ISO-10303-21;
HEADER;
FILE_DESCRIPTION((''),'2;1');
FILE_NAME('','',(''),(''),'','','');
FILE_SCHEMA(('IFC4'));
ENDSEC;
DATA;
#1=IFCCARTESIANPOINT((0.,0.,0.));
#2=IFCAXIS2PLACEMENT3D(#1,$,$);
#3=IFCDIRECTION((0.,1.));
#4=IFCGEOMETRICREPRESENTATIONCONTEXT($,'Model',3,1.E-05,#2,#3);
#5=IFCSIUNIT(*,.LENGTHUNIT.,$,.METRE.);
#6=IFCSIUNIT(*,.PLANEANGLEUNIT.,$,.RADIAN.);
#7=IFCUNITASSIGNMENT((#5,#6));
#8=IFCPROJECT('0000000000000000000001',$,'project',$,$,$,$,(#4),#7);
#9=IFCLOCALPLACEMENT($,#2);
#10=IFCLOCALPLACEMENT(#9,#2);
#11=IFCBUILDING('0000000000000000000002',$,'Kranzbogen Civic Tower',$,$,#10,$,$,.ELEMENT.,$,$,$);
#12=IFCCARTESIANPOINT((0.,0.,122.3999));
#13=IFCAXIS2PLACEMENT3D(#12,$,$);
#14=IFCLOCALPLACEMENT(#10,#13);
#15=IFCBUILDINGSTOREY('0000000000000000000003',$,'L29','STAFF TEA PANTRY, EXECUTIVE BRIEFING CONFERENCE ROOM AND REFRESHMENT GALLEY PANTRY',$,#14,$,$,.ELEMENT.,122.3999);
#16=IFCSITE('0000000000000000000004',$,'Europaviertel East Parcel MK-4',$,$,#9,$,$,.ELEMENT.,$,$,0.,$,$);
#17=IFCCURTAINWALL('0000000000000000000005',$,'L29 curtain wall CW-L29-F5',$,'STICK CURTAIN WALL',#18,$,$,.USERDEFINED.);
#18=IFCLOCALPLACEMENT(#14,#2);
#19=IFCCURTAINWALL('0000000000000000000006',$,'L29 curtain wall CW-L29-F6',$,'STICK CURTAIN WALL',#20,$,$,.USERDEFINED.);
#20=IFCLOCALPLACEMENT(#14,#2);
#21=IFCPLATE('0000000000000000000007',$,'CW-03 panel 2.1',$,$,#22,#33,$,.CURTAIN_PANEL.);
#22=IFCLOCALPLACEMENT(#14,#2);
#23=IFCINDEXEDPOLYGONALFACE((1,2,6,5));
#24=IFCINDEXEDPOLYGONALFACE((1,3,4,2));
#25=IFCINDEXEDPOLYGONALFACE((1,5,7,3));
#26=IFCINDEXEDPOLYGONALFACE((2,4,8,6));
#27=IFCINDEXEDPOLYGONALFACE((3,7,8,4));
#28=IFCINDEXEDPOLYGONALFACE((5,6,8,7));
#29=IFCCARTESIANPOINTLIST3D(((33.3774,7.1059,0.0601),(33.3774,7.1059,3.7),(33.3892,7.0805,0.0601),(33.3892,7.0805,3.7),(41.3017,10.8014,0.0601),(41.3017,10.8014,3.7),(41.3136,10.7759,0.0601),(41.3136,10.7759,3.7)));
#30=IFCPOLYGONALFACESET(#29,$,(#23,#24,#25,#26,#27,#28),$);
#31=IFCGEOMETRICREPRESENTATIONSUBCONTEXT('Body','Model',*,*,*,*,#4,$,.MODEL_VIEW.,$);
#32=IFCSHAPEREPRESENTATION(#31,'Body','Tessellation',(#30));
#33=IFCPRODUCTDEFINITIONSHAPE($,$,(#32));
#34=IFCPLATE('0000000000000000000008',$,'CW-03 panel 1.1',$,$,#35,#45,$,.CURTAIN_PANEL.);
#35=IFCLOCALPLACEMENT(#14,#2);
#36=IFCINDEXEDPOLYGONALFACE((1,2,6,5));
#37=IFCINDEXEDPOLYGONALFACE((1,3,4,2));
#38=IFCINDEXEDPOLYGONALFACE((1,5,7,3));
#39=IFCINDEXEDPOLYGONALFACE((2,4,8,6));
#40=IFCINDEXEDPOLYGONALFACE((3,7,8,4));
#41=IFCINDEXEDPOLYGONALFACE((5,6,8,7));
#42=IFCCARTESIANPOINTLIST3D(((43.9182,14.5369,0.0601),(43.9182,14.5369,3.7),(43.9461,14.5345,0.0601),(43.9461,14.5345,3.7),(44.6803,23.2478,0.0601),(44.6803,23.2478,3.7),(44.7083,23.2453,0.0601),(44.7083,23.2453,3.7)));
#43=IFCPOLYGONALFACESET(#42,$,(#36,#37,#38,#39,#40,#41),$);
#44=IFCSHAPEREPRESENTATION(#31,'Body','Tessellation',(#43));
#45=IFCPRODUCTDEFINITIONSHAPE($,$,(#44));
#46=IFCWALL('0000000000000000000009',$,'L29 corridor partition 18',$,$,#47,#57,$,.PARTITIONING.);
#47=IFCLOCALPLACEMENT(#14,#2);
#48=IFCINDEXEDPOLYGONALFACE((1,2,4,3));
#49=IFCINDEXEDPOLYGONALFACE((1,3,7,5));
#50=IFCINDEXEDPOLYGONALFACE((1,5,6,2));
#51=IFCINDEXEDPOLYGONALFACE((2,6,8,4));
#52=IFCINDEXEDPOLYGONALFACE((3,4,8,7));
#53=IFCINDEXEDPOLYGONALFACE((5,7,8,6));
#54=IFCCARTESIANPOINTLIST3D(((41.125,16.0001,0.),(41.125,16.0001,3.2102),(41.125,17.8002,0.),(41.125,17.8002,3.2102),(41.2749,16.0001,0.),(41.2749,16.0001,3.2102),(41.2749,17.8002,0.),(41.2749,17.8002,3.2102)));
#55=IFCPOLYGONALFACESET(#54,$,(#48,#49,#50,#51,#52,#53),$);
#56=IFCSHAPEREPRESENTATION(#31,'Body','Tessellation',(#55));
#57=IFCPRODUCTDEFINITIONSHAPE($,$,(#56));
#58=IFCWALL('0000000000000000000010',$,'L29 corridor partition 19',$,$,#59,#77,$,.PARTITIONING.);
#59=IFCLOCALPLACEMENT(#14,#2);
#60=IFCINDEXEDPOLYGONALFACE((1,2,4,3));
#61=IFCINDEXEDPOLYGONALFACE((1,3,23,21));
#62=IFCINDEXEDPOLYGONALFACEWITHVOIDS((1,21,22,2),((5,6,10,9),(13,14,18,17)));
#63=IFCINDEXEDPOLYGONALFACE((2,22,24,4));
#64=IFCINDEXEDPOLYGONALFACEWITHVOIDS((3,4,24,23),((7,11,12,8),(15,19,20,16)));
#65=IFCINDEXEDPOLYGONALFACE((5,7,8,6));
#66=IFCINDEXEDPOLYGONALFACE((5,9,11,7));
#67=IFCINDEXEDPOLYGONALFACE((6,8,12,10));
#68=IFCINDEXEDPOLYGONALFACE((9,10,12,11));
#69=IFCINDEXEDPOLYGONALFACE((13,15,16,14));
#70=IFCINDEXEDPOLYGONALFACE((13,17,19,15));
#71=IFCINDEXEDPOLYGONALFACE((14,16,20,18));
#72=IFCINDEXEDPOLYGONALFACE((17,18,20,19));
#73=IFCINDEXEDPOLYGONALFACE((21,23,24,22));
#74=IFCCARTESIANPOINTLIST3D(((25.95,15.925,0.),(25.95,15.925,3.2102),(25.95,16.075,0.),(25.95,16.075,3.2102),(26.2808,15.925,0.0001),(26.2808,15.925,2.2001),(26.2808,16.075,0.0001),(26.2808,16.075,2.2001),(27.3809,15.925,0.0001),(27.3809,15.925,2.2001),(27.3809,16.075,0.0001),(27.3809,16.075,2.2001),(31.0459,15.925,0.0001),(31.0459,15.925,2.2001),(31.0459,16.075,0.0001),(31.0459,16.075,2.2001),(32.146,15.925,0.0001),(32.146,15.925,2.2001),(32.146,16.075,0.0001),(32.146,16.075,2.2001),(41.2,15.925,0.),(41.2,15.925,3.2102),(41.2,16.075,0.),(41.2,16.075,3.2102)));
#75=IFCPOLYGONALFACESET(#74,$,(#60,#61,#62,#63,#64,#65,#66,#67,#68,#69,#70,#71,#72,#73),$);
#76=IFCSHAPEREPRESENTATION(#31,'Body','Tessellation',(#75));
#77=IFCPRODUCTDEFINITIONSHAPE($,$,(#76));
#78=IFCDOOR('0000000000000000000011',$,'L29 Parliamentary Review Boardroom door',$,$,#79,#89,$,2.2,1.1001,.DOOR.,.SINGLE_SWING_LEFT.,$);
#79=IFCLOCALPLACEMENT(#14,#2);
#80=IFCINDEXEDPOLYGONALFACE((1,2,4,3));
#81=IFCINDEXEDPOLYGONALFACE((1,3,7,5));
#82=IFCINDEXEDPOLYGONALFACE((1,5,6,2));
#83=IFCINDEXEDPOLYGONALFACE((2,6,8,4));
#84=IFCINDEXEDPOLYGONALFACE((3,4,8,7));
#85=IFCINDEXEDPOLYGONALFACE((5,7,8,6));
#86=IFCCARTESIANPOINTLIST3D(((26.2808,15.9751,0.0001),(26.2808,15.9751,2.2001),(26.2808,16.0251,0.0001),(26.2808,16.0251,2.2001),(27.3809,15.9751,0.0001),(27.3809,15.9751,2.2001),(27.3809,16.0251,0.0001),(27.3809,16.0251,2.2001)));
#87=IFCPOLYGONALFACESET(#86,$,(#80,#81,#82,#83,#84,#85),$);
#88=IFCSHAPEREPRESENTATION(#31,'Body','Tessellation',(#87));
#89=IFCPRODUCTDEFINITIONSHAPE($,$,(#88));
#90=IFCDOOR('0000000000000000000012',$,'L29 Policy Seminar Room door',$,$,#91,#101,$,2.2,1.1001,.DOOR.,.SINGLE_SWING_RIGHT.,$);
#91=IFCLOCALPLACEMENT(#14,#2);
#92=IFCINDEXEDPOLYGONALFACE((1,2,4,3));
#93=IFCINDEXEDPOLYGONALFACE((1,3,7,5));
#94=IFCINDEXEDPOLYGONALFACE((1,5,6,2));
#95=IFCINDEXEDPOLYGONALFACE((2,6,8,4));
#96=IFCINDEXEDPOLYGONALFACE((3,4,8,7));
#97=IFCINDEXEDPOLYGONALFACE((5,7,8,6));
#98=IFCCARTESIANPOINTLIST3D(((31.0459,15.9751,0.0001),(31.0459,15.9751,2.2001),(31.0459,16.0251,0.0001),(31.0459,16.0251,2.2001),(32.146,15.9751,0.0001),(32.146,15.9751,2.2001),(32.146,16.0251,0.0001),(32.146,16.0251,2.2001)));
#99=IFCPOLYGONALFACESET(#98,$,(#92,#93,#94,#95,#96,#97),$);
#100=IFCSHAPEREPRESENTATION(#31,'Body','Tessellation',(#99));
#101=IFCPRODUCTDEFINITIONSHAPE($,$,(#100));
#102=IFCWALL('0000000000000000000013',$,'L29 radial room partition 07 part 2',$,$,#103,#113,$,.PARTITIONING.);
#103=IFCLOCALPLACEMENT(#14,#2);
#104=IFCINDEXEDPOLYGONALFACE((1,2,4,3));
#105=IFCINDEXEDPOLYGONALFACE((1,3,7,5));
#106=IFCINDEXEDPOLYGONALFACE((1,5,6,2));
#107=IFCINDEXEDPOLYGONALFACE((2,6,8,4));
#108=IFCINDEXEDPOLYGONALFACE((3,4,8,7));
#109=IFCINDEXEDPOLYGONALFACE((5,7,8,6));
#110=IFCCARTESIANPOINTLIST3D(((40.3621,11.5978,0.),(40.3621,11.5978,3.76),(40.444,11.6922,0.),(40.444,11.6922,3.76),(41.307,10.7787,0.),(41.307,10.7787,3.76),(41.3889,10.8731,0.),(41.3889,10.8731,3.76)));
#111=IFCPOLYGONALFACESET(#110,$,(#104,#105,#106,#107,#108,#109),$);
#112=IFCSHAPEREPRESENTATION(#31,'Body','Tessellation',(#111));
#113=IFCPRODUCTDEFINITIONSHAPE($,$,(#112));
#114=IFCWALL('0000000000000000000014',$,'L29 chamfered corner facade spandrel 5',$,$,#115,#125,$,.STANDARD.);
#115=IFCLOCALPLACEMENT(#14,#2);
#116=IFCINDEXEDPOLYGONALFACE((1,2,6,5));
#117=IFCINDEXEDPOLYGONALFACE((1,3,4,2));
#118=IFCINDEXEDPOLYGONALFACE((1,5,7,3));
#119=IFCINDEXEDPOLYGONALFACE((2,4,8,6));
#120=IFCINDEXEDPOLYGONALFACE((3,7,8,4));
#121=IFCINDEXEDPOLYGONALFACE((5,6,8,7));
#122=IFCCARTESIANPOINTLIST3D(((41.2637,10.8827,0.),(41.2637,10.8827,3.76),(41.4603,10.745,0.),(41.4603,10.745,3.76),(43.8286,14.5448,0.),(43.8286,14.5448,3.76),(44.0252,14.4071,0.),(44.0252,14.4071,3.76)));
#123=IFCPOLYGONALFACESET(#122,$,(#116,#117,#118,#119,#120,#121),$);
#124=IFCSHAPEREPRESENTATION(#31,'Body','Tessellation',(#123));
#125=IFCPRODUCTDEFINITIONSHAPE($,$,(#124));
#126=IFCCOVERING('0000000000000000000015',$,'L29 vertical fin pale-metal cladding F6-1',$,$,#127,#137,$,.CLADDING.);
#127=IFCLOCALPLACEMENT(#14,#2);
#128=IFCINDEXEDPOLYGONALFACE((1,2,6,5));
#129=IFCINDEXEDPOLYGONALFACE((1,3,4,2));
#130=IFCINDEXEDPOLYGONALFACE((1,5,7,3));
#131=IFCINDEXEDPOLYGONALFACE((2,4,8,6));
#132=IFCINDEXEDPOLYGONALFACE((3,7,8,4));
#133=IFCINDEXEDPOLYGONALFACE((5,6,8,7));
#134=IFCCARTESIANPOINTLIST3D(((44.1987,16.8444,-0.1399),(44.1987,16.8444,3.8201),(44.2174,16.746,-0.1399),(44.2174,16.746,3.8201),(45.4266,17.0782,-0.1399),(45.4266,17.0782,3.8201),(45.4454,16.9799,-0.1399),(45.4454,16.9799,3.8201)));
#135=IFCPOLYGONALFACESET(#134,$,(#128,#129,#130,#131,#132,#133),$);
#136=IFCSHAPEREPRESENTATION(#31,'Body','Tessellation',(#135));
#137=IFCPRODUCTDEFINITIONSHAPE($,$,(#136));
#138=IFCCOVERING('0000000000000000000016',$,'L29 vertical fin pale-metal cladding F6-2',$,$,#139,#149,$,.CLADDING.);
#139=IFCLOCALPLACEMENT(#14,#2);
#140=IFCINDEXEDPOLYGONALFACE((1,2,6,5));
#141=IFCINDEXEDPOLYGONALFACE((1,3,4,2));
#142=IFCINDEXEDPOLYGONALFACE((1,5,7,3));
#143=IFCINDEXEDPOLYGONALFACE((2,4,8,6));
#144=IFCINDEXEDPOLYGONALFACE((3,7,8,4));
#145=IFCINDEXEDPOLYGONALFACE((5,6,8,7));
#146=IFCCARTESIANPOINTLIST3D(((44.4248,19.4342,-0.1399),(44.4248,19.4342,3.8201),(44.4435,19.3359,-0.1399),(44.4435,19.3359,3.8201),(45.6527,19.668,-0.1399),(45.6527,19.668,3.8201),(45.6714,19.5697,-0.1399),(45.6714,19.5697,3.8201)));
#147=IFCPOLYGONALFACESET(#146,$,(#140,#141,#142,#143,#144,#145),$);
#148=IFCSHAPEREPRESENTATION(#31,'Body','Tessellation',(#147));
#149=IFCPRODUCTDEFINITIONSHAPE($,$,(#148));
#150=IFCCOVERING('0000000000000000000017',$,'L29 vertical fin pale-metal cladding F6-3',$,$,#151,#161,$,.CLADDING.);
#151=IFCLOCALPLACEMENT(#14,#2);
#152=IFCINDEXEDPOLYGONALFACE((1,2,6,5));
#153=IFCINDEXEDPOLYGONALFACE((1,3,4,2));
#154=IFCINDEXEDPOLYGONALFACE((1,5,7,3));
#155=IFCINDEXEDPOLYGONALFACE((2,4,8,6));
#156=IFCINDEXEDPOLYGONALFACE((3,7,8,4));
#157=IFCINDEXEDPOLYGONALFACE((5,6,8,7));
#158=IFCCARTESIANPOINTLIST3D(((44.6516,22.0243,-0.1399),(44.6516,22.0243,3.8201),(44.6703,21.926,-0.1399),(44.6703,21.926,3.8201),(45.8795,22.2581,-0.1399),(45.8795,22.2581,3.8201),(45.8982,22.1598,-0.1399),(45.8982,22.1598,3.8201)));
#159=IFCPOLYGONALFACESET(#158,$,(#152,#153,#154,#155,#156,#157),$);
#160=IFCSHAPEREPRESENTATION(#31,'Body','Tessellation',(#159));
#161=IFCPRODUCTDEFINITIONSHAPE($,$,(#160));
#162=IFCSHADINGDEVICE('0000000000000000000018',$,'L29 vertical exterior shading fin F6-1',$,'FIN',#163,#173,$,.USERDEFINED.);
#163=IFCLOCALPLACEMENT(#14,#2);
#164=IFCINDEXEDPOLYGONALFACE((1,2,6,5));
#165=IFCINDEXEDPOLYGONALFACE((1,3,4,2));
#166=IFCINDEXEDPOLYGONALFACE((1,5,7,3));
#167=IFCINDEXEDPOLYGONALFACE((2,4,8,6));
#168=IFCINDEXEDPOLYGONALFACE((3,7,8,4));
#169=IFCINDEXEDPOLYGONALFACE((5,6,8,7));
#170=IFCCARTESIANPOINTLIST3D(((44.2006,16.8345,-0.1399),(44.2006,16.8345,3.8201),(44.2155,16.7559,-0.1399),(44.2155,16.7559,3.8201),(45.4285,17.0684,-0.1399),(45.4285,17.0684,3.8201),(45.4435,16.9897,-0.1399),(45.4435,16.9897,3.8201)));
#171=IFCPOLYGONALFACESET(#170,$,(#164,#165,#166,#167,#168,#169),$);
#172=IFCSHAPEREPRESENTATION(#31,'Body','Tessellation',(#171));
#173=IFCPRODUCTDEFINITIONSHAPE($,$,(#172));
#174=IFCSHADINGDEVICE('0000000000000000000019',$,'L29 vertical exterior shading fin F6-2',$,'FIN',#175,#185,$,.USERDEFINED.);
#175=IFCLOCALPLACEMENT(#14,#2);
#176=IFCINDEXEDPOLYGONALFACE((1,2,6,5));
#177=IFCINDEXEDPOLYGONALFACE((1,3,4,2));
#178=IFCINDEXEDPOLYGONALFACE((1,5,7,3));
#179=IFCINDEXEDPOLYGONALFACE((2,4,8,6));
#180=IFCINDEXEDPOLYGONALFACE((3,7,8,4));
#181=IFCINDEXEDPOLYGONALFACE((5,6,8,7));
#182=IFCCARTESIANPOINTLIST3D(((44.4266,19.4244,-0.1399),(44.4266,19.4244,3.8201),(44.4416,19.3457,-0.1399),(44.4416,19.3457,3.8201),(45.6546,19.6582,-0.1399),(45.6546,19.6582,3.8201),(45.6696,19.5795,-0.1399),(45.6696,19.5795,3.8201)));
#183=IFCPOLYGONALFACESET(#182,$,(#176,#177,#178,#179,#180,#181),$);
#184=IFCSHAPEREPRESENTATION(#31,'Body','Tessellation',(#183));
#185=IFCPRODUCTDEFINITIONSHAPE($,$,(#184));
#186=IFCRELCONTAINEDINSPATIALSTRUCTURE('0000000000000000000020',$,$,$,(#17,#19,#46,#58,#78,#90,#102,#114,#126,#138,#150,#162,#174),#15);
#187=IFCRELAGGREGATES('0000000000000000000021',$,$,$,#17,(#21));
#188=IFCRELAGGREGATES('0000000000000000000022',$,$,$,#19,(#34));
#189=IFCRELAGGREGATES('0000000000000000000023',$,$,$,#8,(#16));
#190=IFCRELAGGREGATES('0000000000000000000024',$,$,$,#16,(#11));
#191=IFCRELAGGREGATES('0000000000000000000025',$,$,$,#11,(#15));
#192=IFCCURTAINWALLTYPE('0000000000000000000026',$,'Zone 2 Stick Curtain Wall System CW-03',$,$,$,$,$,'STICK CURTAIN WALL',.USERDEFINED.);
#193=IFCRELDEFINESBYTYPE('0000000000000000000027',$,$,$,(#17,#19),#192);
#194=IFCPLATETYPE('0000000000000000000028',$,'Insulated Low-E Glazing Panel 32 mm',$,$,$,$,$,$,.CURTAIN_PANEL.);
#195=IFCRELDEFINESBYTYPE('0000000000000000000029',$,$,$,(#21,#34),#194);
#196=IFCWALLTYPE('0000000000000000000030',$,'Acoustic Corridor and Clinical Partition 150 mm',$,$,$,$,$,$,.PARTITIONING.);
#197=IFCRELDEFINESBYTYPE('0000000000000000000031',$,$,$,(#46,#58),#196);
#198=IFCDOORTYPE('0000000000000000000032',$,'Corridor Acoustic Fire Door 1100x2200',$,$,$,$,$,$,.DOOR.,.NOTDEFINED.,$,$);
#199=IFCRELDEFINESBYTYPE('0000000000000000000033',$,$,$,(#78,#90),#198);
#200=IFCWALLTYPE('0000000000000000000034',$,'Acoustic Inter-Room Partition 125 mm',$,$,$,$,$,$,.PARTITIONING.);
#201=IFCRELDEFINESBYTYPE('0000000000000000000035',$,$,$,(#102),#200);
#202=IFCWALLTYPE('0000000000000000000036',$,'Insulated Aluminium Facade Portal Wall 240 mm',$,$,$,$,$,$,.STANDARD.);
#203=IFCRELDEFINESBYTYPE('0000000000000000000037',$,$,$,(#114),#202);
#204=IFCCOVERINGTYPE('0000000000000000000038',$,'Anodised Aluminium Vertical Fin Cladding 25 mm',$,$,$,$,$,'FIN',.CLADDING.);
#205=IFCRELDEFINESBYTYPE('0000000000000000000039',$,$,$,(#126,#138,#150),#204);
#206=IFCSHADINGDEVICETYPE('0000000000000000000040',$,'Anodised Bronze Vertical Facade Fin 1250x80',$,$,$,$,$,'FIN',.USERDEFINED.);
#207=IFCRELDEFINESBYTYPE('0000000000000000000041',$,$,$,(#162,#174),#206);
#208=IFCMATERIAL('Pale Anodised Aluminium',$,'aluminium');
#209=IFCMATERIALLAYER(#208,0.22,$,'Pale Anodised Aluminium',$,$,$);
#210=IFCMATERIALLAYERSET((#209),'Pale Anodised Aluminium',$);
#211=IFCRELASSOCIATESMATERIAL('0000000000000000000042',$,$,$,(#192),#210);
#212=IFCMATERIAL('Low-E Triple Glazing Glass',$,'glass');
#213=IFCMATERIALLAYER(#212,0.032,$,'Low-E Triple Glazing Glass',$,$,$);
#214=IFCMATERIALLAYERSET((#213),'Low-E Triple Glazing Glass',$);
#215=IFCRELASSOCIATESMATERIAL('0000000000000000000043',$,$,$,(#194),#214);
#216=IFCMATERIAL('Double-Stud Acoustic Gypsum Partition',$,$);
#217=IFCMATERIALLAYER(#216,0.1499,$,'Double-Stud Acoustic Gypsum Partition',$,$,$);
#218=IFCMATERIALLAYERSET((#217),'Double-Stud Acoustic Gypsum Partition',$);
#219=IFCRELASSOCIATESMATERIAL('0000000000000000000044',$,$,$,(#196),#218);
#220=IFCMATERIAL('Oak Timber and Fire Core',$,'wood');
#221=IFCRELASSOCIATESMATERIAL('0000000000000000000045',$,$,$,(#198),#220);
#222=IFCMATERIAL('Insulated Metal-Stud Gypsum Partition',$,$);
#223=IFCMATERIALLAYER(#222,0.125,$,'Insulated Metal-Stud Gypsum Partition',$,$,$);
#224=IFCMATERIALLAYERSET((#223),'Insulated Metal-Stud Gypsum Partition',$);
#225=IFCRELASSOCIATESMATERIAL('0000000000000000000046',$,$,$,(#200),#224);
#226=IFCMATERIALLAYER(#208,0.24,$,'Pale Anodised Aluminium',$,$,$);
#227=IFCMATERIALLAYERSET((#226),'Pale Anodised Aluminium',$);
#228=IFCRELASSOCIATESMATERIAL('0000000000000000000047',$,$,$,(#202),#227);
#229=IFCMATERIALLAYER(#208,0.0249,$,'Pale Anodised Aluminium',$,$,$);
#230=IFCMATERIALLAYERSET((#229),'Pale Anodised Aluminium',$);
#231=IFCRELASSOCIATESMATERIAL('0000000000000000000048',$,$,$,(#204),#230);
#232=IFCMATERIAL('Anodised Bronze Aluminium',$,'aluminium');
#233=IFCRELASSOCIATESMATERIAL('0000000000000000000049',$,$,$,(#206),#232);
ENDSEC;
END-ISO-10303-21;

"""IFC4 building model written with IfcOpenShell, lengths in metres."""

from ifc_helpers import new_model, si_unit, direction, frame, frame_2d, origin, origin_2d, place, context, subcontext, project, spatial, rectangle, extrude, material, layer, layer_set, type_object, element, fill, aggregate, save


model = new_model("IFC4")

# Units and contexts
model_context = context("Model", 3, precision=1e-05, world=origin(), true_north=direction((0.0, 1.0)))
body_context = subcontext(model_context, "Body", "Model", "MODEL_VIEW")
ifc_project = project(units=[si_unit("LENGTHUNIT", "METRE"), si_unit("PLANEANGLEUNIT", "RADIAN")], contexts=[model_context])

# Site, building, storey
site_placement = place(None, origin())
site = spatial("IfcSite", under=ifc_project, at=site_placement, Name="Europaviertel East Parcel MK-4", CompositionType="ELEMENT", RefElevation=0.0)
building_placement = place(site_placement, origin())
building = spatial("IfcBuilding", under=site, at=building_placement, Name="Kranzbogen Civic Tower", CompositionType="ELEMENT")
storey_placement = place(building_placement, frame((0.0, 0.0, 122.3999)))
storey = spatial("IfcBuildingStorey", under=building, at=storey_placement, Name="L29", Description="STAFF TEA PANTRY, EXECUTIVE BRIEFING CONFERENCE ROOM AND REFRESHMENT GALLEY PANTRY", CompositionType="ELEMENT", Elevation=122.3999)

# Curtain wall
ifc_material_1 = material(Name="Pale Anodised Aluminium", Category="aluminium")
ifc_layer_1 = layer(ifc_material_1, 0.22, Name="Pale Anodised Aluminium")
ifc_layer_set_1 = layer_set([ifc_layer_1], Name="Pale Anodised Aluminium")
curtain_wall_type = type_object("IfcCurtainWallType", Name="Zone 2 Stick Curtain Wall System CW-03", ElementType="STICK CURTAIN WALL", PredefinedType="USERDEFINED", material=ifc_layer_set_1)
curtain_wall_1_placement = place(storey_placement, origin())
curtain_wall_1 = element("IfcCurtainWall", 1, at=curtain_wall_1_placement, inside=storey, type_object=curtain_wall_type, Name="L29 curtain wall CW-L29-F5", ObjectType="STICK CURTAIN WALL", PredefinedType="USERDEFINED")

# Curtain wall
curtain_wall_2_placement = place(storey_placement, origin())
curtain_wall_2 = element("IfcCurtainWall", 2, at=curtain_wall_2_placement, inside=storey, type_object=curtain_wall_type, Name="L29 curtain wall CW-L29-F6", ObjectType="STICK CURTAIN WALL", PredefinedType="USERDEFINED")

# Plates
ifc_material_2 = material(Name="Low-E Triple Glazing Glass", Category="glass")
ifc_layer_2 = layer(ifc_material_2, 0.032, Name="Low-E Triple Glazing Glass")
ifc_layer_set_2 = layer_set([ifc_layer_2], Name="Low-E Triple Glazing Glass")
plate_type = type_object("IfcPlateType", Name="Insulated Low-E Glazing Panel 32 mm", PredefinedType="CURTAIN_PANEL", material=ifc_layer_set_2)
plate_1_placement = place(storey_placement, frame((37.3455, 8.9409, 0.0601), z_axis=(0.0, 0.0, 1.0), x_axis=(0.906297, 0.422641, 0.0)))
plate_1 = element("IfcPlate", 3, at=plate_1_placement, type_object=plate_type, Name="CW-03 panel 2.1", PredefinedType="CURTAIN_PANEL", context=body_context, shape_type="SweptSolid", body=[
    extrude(rectangle(XDim=8.7437, YDim=0.0281, at=origin_2d()), origin(), (0.0, 0.0, 1.0), 3.6399),
])
aggregate(curtain_wall_1, [plate_1])
plate_2_placement = place(storey_placement, frame((44.3132, 18.8911, 0.0601), z_axis=(0.0, 0.0, 1.0), x_axis=(0.087162, 0.996194, 0.0)))
plate_2 = element("IfcPlate", 4, at=plate_2_placement, type_object=plate_type, Name="CW-03 panel 1.1", PredefinedType="CURTAIN_PANEL", context=body_context, shape_type="SweptSolid", body=[
    extrude(rectangle(XDim=8.7441, YDim=0.0281, at=origin_2d()), origin(), (0.0, 0.0, 1.0), 3.6399),
])
aggregate(curtain_wall_2, [plate_2])

# Wall
ifc_material_3 = material(Name="Double-Stud Acoustic Gypsum Partition")
ifc_layer_3 = layer(ifc_material_3, 0.1499, Name="Double-Stud Acoustic Gypsum Partition")
ifc_layer_set_3 = layer_set([ifc_layer_3], Name="Double-Stud Acoustic Gypsum Partition")
wall_type_1 = type_object("IfcWallType", Name="Acoustic Corridor and Clinical Partition 150 mm", PredefinedType="PARTITIONING", material=ifc_layer_set_3)
wall_1_placement = place(storey_placement, frame((41.2, 17.8, 0.0), z_axis=(0.0, 0.0, 1.0), x_axis=(0.0, -1.0, 0.0)))
element("IfcWall", 5, at=wall_1_placement, inside=storey, type_object=wall_type_1, Name="L29 corridor partition 18", PredefinedType="PARTITIONING", context=body_context, shape_type="SweptSolid", body=[
    extrude(rectangle(XDim=1.8, YDim=0.1499, at=frame_2d((0.8999, 0.0))), origin(), (0.0, 0.0, 1.0), 3.2102),
])

# Wall, openings, doors
wall_2_placement = place(storey_placement, frame((41.2, 16.0, 0.0), z_axis=(0.0, 0.0, 1.0), x_axis=(-1.0, 0.0, 0.0)))
wall_2 = element("IfcWall", 6, at=wall_2_placement, inside=storey, type_object=wall_type_1, Name="L29 corridor partition 19", PredefinedType="PARTITIONING", context=body_context, shape_type="SweptSolid", body=[
    extrude(rectangle(XDim=15.25, YDim=0.1499, at=frame_2d((7.625, 0.0))), origin(), (0.0, 0.0, 1.0), 3.2102),
])
opening_1_placement = place(wall_2_placement, frame((13.8191, 0.0, 0.0)))
opening_1 = element("IfcOpeningElement", 7, at=opening_1_placement, cuts=wall_2, PredefinedType="OPENING", context=body_context, shape_type="SweptSolid", body=[
    extrude(rectangle(XDim=1.1001, YDim=2.2, at=frame_2d((0.55, 1.1001))), frame((0.0, 0.085, 0.0), z_axis=(0.0, -1.0, 0.0), x_axis=(1.0, 0.0, 0.0)), (0.0, 0.0, 1.0), 0.1699),
])
opening_2_placement = place(wall_2_placement, frame((9.054, 0.0, 0.0)))
opening_2 = element("IfcOpeningElement", 8, at=opening_2_placement, cuts=wall_2, PredefinedType="OPENING", context=body_context, shape_type="SweptSolid", body=[
    extrude(rectangle(XDim=1.1001, YDim=2.2, at=frame_2d((0.55, 1.1001))), frame((0.0, 0.085, 0.0), z_axis=(0.0, -1.0, 0.0), x_axis=(1.0, 0.0, 0.0)), (0.0, 0.0, 1.0), 0.1699),
])
ifc_material_4 = material(Name="Oak Timber and Fire Core", Category="wood")
door_type = type_object("IfcDoorType", Name="Corridor Acoustic Fire Door 1100x2200", OperationType="NOTDEFINED", PredefinedType="DOOR", material=ifc_material_4)
door_1_placement = place(opening_1_placement, origin())
door_1 = element("IfcDoor", 9, at=door_1_placement, inside=storey, type_object=door_type, Name="L29 Parliamentary Review Boardroom door", OperationType="SINGLE_SWING_LEFT", OverallHeight=2.2, OverallWidth=1.1001, PredefinedType="DOOR", context=body_context, shape_type="SweptSolid", body=[
    extrude(rectangle(XDim=1.1001, YDim=2.2, at=frame_2d((0.55, 1.1001))), frame((0.0, 0.0249, 0.0), z_axis=(0.0, -1.0, 0.0), x_axis=(1.0, 0.0, 0.0)), (0.0, 0.0, 1.0), 0.05),
])
fill(opening_1, door_1)
door_2_placement = place(opening_2_placement, origin())
door_2 = element("IfcDoor", 10, at=door_2_placement, inside=storey, type_object=door_type, Name="L29 Policy Seminar Room door", OperationType="SINGLE_SWING_RIGHT", OverallHeight=2.2, OverallWidth=1.1001, PredefinedType="DOOR", context=body_context, shape_type="SweptSolid", body=[
    extrude(rectangle(XDim=1.1001, YDim=2.2, at=frame_2d((0.55, 1.1001))), frame((0.0, 0.0249, 0.0), z_axis=(0.0, -1.0, 0.0), x_axis=(1.0, 0.0, 0.0)), (0.0, 0.0, 1.0), 0.05),
])
fill(opening_2, door_2)

# Walls
ifc_material_5 = material(Name="Insulated Metal-Stud Gypsum Partition")
ifc_layer_4 = layer(ifc_material_5, 0.125, Name="Insulated Metal-Stud Gypsum Partition")
ifc_layer_set_4 = layer_set([ifc_layer_4], Name="Insulated Metal-Stud Gypsum Partition")
wall_type_2 = type_object("IfcWallType", Name="Acoustic Inter-Room Partition 125 mm", PredefinedType="PARTITIONING", material=ifc_layer_set_4)
wall_3_placement = place(storey_placement, frame((40.4031, 11.645, 0.0), z_axis=(0.0, 0.0, 1.0), x_axis=(0.755592, -0.655042, 0.0)))
element("IfcWall", 11, at=wall_3_placement, inside=storey, type_object=wall_type_2, Name="L29 radial room partition 07 part 2", PredefinedType="PARTITIONING", context=body_context, shape_type="SweptSolid", body=[
    extrude(rectangle(XDim=1.2505, YDim=0.125, at=frame_2d((0.6252, 0.0))), origin(), (0.0, 0.0, 1.0), 3.76),
])
ifc_layer_5 = layer(ifc_material_1, 0.24, Name="Pale Anodised Aluminium")
ifc_layer_set_5 = layer_set([ifc_layer_5], Name="Pale Anodised Aluminium")
wall_type_3 = type_object("IfcWallType", Name="Insulated Aluminium Facade Portal Wall 240 mm", PredefinedType="STANDARD", material=ifc_layer_set_5)
wall_4_placement = place(storey_placement, frame((41.3621, 10.814, 0.0), z_axis=(0.0, 0.0, 1.0), x_axis=(0.573682, 0.819078, 0.0)))
element("IfcWall", 12, at=wall_4_placement, inside=storey, type_object=wall_type_3, Name="L29 chamfered corner facade spandrel 5", PredefinedType="STANDARD", context=body_context, shape_type="SweptSolid", body=[
    extrude(rectangle(XDim=4.4709, YDim=0.24, at=frame_2d((2.2354, 0.0))), origin(), (0.0, 0.0, 1.0), 3.76),
])

# Coverings
ifc_layer_6 = layer(ifc_material_1, 0.0249, Name="Pale Anodised Aluminium")
ifc_layer_set_6 = layer_set([ifc_layer_6], Name="Pale Anodised Aluminium")
covering_type = type_object("IfcCoveringType", Name="Anodised Aluminium Vertical Fin Cladding 25 mm", ElementType="FIN", PredefinedType="CLADDING", material=ifc_layer_set_6)
for number, where, z_axis, x_axis, name in (
    (13, (44.822, 16.9121, -0.1399), (0.0, 0.0, 1.0), (0.982349, 0.187056, 0.0), "L29 vertical fin pale-metal cladding F6-1"),
    (14, (45.0481, 19.502, -0.1399), (0.0, 0.0, 1.0), (0.982349, 0.187056, 0.0), "L29 vertical fin pale-metal cladding F6-2"),
    (15, (45.2749, 22.092, -0.1399), (0.0, 0.0, 1.0), (0.982349, 0.187056, 0.0), "L29 vertical fin pale-metal cladding F6-3"),
):
    element("IfcCovering", number, at=place(storey_placement, frame(where, z_axis=z_axis, x_axis=x_axis)), inside=storey, type_object=covering_type, Name=name, PredefinedType="CLADDING", context=body_context, shape_type="SweptSolid", body=[
        extrude(rectangle(XDim=1.25, YDim=0.1001, at=origin_2d()), origin(), (0.0, 0.0, 1.0), 3.96),
    ])

# Shading devices
ifc_material_6 = material(Name="Anodised Bronze Aluminium", Category="aluminium")
shading_device_type = type_object("IfcShadingDeviceType", Name="Anodised Bronze Vertical Facade Fin 1250x80", ElementType="FIN", PredefinedType="USERDEFINED", material=ifc_material_6)
for number, where, z_axis, x_axis, name in (
    (16, (44.822, 16.9121, -0.1399), (0.0, 0.0, 1.0), (0.982349, 0.187056, 0.0), "L29 vertical exterior shading fin F6-1"),
    (17, (45.0481, 19.502, -0.1399), (0.0, 0.0, 1.0), (0.982349, 0.187056, 0.0), "L29 vertical exterior shading fin F6-2"),
):
    element("IfcShadingDevice", number, at=place(storey_placement, frame(where, z_axis=z_axis, x_axis=x_axis)), inside=storey, type_object=shading_device_type, Name=name, ObjectType="FIN", PredefinedType="USERDEFINED", context=body_context, shape_type="SweptSolid", body=[
        extrude(rectangle(XDim=1.25, YDim=0.0801, at=origin_2d()), origin(), (0.0, 0.0, 1.0), 3.96),
    ])

save(model, "model.ifc")
